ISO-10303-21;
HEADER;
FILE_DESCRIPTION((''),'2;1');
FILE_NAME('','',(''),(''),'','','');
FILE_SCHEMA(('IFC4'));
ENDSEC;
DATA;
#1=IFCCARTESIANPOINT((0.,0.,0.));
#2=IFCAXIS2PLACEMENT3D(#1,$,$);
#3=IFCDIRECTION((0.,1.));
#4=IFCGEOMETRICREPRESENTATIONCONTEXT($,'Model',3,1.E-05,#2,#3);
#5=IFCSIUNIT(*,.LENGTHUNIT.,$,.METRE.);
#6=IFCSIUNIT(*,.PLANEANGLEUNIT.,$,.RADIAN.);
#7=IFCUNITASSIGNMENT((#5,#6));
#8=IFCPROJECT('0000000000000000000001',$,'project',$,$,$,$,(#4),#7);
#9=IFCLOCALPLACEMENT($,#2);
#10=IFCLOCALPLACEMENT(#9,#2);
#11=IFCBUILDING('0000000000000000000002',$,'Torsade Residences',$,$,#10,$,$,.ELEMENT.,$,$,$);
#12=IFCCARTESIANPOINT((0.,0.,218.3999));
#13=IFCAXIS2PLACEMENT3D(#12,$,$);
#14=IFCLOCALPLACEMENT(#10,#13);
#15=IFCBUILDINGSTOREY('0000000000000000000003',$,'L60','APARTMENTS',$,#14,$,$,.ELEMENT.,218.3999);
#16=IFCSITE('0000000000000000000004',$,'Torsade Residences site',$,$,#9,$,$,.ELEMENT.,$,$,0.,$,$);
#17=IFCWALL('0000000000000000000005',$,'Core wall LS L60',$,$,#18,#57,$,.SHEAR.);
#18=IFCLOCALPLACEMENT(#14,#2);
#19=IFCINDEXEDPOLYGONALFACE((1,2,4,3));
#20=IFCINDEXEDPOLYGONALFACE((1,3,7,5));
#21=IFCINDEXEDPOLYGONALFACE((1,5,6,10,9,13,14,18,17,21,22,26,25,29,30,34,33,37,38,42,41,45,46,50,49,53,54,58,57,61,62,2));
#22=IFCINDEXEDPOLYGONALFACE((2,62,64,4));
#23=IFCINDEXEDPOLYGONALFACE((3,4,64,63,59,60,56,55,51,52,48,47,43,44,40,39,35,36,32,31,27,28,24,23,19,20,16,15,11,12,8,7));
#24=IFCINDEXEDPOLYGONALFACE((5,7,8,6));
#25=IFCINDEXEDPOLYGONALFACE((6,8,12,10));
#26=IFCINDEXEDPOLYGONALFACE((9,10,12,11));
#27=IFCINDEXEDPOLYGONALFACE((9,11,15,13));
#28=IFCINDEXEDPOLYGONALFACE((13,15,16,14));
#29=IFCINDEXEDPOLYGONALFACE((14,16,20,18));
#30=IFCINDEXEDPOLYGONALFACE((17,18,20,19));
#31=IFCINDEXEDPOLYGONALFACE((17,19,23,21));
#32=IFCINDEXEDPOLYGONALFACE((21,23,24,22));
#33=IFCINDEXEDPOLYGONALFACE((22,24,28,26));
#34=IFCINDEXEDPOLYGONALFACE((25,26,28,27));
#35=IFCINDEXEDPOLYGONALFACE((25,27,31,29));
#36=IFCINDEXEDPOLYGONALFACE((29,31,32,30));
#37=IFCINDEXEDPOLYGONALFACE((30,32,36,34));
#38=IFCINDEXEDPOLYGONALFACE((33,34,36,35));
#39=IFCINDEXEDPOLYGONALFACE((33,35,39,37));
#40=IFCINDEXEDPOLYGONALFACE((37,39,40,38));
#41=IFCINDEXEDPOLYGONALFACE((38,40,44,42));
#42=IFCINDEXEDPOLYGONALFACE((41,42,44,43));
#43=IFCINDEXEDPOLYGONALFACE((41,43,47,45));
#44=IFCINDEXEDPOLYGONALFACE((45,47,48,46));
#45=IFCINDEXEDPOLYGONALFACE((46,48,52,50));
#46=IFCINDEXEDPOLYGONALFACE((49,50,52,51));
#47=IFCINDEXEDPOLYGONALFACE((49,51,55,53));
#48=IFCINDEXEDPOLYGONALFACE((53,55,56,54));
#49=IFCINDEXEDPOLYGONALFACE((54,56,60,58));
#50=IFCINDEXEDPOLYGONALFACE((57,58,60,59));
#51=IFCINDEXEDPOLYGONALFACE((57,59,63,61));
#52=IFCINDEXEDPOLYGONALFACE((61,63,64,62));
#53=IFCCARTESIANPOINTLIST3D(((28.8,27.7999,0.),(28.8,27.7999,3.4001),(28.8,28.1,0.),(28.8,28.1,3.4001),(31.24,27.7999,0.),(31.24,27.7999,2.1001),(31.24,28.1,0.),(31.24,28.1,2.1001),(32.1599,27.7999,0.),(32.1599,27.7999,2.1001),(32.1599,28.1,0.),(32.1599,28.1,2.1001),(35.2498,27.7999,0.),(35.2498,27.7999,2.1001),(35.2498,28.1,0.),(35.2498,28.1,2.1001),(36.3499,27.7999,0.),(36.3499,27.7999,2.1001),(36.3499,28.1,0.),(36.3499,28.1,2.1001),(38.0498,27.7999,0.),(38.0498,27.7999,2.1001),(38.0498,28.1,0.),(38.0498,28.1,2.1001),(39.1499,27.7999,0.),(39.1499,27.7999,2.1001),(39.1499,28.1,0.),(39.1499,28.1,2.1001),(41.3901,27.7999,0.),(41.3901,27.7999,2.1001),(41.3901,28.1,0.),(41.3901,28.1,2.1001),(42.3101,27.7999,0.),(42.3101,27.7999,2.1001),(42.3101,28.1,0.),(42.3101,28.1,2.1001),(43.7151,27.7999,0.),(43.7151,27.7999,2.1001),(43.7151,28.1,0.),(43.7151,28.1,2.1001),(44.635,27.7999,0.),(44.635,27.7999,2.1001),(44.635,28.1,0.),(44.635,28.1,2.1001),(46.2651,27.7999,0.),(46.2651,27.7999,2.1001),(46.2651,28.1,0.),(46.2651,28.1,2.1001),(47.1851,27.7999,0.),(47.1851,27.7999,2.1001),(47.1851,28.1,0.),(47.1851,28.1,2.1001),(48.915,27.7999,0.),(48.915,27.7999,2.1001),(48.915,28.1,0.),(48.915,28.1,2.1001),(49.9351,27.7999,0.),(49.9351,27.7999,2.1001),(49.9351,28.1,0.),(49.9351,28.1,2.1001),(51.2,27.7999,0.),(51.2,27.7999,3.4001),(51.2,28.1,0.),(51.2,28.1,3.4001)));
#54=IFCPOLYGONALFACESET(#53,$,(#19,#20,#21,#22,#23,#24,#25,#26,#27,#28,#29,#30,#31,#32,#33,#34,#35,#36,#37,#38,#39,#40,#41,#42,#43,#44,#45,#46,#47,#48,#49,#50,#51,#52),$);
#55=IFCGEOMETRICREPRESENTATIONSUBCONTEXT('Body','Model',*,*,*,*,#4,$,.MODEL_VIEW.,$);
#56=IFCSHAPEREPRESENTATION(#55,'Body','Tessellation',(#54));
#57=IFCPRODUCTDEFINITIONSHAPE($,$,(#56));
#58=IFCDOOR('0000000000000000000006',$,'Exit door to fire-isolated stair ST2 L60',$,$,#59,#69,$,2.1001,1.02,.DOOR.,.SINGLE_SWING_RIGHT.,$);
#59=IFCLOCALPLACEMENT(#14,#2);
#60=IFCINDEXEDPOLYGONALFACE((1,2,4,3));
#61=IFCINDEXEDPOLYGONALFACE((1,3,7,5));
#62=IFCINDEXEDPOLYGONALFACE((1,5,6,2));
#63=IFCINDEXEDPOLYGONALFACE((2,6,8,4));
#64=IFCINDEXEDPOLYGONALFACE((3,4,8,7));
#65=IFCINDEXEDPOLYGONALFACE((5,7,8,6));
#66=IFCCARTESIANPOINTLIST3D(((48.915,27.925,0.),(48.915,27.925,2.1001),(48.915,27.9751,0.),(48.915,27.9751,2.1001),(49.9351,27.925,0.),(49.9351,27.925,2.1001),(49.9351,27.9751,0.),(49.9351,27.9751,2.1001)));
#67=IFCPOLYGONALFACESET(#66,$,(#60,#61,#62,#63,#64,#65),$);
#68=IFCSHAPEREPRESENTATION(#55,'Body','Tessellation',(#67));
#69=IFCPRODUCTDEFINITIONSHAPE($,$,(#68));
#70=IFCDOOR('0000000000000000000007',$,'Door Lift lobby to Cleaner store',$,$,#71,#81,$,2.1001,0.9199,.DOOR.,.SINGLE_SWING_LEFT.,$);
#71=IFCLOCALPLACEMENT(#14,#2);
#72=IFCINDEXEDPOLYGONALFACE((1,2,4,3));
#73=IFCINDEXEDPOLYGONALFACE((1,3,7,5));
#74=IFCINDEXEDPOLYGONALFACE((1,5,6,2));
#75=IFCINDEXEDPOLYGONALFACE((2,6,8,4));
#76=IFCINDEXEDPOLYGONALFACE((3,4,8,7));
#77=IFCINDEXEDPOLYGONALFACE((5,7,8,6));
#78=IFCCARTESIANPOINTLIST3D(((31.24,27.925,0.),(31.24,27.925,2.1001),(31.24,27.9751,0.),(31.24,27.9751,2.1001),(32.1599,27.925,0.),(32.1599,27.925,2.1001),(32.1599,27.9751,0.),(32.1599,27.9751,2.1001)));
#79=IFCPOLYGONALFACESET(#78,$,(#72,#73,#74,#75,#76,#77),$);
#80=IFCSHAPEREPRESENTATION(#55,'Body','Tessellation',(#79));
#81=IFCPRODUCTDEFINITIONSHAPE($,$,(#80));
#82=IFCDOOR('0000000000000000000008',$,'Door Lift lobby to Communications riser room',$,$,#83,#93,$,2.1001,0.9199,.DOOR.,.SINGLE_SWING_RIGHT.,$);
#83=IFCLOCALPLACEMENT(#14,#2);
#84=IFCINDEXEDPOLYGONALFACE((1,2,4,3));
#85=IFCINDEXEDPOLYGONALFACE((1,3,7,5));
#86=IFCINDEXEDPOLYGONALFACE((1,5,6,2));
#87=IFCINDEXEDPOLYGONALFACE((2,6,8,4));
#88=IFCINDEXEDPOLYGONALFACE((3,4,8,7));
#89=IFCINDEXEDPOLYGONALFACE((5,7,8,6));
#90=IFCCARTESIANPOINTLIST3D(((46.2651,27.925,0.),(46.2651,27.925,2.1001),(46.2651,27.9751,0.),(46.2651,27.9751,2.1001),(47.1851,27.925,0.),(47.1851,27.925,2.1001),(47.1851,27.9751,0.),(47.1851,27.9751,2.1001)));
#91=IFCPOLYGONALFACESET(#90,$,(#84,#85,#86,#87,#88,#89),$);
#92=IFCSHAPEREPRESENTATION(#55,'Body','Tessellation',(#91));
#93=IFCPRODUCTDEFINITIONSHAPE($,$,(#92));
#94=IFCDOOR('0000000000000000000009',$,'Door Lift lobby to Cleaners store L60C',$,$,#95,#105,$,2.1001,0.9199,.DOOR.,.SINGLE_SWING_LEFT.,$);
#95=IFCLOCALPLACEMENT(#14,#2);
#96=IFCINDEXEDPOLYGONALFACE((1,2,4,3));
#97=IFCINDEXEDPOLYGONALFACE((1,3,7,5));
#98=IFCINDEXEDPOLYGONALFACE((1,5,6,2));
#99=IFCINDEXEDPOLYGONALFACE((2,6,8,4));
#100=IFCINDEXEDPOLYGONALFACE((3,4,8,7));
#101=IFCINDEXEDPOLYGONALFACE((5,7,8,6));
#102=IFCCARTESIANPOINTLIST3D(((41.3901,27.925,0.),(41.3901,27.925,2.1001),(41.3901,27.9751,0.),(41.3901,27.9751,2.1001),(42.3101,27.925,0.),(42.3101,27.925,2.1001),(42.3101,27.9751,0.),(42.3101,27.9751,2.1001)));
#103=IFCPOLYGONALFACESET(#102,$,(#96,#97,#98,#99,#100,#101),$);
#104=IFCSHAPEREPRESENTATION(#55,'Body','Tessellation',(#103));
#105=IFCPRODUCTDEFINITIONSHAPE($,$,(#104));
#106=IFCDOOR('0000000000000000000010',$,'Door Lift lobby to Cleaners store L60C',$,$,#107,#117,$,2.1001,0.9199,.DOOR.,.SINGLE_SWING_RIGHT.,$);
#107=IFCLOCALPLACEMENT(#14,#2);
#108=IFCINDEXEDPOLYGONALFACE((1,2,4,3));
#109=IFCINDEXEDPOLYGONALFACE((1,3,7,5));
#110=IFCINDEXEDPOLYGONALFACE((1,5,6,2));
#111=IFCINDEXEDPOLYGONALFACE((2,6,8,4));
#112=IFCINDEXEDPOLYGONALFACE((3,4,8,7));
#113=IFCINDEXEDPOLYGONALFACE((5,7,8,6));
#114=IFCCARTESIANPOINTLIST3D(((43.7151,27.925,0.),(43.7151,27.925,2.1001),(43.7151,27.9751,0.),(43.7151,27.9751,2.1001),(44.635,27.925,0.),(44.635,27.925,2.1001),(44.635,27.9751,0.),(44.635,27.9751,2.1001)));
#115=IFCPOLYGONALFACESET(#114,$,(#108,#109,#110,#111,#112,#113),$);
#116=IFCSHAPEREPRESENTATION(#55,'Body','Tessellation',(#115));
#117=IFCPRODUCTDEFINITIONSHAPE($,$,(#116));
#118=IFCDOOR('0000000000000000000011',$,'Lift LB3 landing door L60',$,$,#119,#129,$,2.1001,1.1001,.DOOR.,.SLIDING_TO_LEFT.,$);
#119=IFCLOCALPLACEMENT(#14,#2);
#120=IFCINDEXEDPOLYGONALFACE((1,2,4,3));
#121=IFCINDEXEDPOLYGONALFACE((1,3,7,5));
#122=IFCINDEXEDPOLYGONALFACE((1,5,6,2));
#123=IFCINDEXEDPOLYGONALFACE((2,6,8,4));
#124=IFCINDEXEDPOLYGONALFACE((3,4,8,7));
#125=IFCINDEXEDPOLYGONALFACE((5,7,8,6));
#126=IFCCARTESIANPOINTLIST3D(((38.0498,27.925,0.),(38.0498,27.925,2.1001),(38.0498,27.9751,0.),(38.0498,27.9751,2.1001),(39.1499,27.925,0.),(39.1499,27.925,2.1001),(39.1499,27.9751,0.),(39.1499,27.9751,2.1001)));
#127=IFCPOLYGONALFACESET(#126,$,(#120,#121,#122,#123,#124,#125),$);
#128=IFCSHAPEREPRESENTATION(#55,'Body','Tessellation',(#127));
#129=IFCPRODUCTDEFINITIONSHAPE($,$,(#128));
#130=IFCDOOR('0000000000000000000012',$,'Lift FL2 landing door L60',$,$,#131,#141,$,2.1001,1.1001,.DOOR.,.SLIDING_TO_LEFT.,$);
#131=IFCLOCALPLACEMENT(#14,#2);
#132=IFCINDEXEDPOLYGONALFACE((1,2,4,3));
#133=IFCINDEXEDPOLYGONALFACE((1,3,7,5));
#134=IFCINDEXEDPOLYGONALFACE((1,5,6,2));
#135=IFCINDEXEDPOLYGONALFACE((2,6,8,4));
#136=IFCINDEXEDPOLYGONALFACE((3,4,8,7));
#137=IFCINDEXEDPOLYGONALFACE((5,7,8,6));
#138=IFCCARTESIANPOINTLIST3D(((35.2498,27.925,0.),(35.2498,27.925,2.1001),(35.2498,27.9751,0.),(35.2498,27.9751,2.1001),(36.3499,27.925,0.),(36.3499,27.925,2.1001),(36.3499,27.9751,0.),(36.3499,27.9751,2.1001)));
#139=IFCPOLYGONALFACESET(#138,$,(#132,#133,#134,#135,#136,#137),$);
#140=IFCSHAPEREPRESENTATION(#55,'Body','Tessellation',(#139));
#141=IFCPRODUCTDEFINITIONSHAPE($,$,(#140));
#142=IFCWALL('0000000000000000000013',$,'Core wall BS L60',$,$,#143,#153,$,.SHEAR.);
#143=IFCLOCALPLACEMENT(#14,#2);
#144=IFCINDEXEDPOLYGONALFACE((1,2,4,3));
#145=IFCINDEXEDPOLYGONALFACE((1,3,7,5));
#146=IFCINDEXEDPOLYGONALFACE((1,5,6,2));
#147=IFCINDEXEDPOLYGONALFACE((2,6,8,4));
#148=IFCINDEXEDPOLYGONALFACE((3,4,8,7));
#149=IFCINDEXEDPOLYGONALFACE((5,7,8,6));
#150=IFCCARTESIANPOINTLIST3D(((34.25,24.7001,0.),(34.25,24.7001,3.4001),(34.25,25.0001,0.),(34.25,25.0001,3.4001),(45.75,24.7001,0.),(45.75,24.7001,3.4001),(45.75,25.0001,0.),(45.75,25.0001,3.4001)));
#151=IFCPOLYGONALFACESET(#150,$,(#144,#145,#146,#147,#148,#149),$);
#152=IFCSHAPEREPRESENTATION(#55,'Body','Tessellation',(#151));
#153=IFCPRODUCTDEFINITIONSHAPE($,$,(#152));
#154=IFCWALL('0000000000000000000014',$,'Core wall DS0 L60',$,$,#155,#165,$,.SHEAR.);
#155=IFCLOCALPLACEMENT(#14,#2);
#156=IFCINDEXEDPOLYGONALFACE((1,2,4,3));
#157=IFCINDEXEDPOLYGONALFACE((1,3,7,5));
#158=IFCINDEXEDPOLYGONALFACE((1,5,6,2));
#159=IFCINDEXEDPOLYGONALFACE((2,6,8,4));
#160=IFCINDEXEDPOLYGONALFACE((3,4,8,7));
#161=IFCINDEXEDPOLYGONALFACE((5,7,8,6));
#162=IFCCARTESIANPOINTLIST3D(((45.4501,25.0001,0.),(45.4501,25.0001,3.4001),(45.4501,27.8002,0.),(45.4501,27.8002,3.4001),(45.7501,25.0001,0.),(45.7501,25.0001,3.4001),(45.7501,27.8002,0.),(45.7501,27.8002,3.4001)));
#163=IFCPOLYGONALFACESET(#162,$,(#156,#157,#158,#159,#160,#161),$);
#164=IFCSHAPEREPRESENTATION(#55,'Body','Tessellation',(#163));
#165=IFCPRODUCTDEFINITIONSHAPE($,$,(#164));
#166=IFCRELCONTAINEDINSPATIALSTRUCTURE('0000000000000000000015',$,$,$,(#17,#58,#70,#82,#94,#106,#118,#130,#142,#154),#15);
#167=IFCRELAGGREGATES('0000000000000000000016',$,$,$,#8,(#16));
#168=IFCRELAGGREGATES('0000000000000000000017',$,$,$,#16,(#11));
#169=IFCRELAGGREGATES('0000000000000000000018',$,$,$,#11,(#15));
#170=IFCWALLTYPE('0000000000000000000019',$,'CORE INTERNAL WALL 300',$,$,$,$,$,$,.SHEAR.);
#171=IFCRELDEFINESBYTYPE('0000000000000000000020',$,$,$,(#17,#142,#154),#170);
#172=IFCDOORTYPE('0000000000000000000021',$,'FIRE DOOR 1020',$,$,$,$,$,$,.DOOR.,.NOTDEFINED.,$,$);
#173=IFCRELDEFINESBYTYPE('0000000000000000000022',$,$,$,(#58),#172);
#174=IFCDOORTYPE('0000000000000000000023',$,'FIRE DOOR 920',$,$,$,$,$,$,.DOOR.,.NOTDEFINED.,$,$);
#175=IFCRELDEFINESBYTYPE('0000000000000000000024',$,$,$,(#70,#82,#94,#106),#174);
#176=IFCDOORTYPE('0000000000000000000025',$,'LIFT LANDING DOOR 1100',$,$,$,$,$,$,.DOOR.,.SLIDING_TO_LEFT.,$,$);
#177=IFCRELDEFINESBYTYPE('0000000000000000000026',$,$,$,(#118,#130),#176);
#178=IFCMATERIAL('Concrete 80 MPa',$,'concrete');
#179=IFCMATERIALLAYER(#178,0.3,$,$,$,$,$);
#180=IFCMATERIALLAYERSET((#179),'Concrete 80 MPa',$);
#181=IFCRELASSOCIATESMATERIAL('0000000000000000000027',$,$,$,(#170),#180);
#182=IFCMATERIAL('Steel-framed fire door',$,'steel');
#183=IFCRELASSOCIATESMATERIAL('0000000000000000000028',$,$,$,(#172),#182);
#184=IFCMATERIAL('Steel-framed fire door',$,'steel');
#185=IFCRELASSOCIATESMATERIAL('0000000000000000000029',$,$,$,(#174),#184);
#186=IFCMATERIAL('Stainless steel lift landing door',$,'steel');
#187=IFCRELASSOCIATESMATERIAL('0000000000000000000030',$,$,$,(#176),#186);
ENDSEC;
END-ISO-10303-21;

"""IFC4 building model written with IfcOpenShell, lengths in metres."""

from ifc_helpers import new_model, si_unit, direction, frame, frame_2d, origin, place, context, subcontext, project, spatial, rectangle, extrude, material, layer, layer_set, type_object, element, fill, save


model = new_model("IFC4")

# Units and contexts
model_context = context("Model", 3, precision=1e-05, world=origin(), true_north=direction((0.0, 1.0)))
body_context = subcontext(model_context, "Body", "Model", "MODEL_VIEW")
ifc_project = project(units=[si_unit("LENGTHUNIT", "METRE"), si_unit("PLANEANGLEUNIT", "RADIAN")], contexts=[model_context])

# Site, building, storey
site_placement = place(None, origin())
site = spatial("IfcSite", under=ifc_project, at=site_placement, Name="Torsade Residences site", CompositionType="ELEMENT", RefElevation=0.0)
building_placement = place(site_placement, origin())
building = spatial("IfcBuilding", under=site, at=building_placement, Name="Torsade Residences", CompositionType="ELEMENT")
storey_placement = place(building_placement, frame((0.0, 0.0, 218.3999)))
storey = spatial("IfcBuildingStorey", under=building, at=storey_placement, Name="L60", Description="APARTMENTS", CompositionType="ELEMENT", Elevation=218.3999)

# Wall, openings, doors
ifc_material_1 = material(Name="Concrete 80 MPa", Category="concrete")
ifc_layer_1 = layer(ifc_material_1, 0.3)
ifc_layer_set_1 = layer_set([ifc_layer_1], Name="Concrete 80 MPa")
wall_type_1 = type_object("IfcWallType", Name="CORE INTERNAL WALL 300", PredefinedType="SHEAR", material=ifc_layer_set_1)
wall_1_placement = place(storey_placement, frame((51.2, 27.95, 0.0), z_axis=(0.0, 0.0, 1.0), x_axis=(-1.0, 0.0, 0.0)))
wall_1 = element("IfcWall", 1, at=wall_1_placement, inside=storey, type_object=wall_type_1, Name="Core wall LS L60", PredefinedType="SHEAR", context=body_context, shape_type="SweptSolid", body=[
    extrude(rectangle(XDim=22.3999, YDim=0.3, at=frame_2d((11.2, 0.0))), origin(), (0.0, 0.0, 1.0), 3.4001),
])
opening_1_placement = place(wall_1_placement, frame((19.04, 0.0, 0.0)))
opening_1 = element("IfcOpeningElement", 2, at=opening_1_placement, cuts=wall_1, PredefinedType="OPENING", context=body_context, shape_type="SweptSolid", body=[
    extrude(rectangle(XDim=0.9199, YDim=2.1001, at=frame_2d((0.46, 1.05))), frame((0.0, 0.1599, 0.0), z_axis=(0.0, -1.0, 0.0), x_axis=(1.0, 0.0, 0.0)), (0.0, 0.0, 1.0), 0.3201),
])
opening_2_placement = place(wall_1_placement, frame((1.2649, 0.0, 0.0)))
opening_2 = element("IfcOpeningElement", 3, at=opening_2_placement, cuts=wall_1, PredefinedType="OPENING", context=body_context, shape_type="SweptSolid", body=[
    extrude(rectangle(XDim=1.02, YDim=2.1001, at=frame_2d((0.51, 1.05))), frame((0.0, 0.1599, 0.0), z_axis=(0.0, -1.0, 0.0), x_axis=(1.0, 0.0, 0.0)), (0.0, 0.0, 1.0), 0.3201),
])
opening_3_placement = place(wall_1_placement, frame((4.0149, 0.0, 0.0)))
opening_3 = element("IfcOpeningElement", 4, at=opening_3_placement, cuts=wall_1, PredefinedType="OPENING", context=body_context, shape_type="SweptSolid", body=[
    extrude(rectangle(XDim=0.9199, YDim=2.1001, at=frame_2d((0.46, 1.05))), frame((0.0, 0.1599, 0.0), z_axis=(0.0, -1.0, 0.0), x_axis=(1.0, 0.0, 0.0)), (0.0, 0.0, 1.0), 0.3201),
])
opening_4_placement = place(wall_1_placement, frame((8.8899, 0.0, 0.0)))
opening_4 = element("IfcOpeningElement", 5, at=opening_4_placement, cuts=wall_1, PredefinedType="OPENING", context=body_context, shape_type="SweptSolid", body=[
    extrude(rectangle(XDim=0.9199, YDim=2.1001, at=frame_2d((0.46, 1.05))), frame((0.0, 0.1599, 0.0), z_axis=(0.0, -1.0, 0.0), x_axis=(1.0, 0.0, 0.0)), (0.0, 0.0, 1.0), 0.3201),
])
opening_5_placement = place(wall_1_placement, frame((6.5649, 0.0, 0.0)))
opening_5 = element("IfcOpeningElement", 6, at=opening_5_placement, cuts=wall_1, PredefinedType="OPENING", context=body_context, shape_type="SweptSolid", body=[
    extrude(rectangle(XDim=0.9199, YDim=2.1001, at=frame_2d((0.46, 1.05))), frame((0.0, 0.1599, 0.0), z_axis=(0.0, -1.0, 0.0), x_axis=(1.0, 0.0, 0.0)), (0.0, 0.0, 1.0), 0.3201),
])
opening_6_placement = place(wall_1_placement, frame((12.05, 0.0, 0.0)))
opening_6 = element("IfcOpeningElement", 7, at=opening_6_placement, cuts=wall_1, PredefinedType="OPENING", context=body_context, shape_type="SweptSolid", body=[
    extrude(rectangle(XDim=1.1001, YDim=2.1001, at=frame_2d((0.55, 1.05))), frame((0.0, 0.1599, 0.0), z_axis=(0.0, -1.0, 0.0), x_axis=(1.0, 0.0, 0.0)), (0.0, 0.0, 1.0), 0.3201),
])
opening_7_placement = place(wall_1_placement, frame((14.8501, 0.0, 0.0)))
opening_7 = element("IfcOpeningElement", 8, at=opening_7_placement, cuts=wall_1, PredefinedType="OPENING", context=body_context, shape_type="SweptSolid", body=[
    extrude(rectangle(XDim=1.1001, YDim=2.1001, at=frame_2d((0.55, 1.05))), frame((0.0, 0.1599, 0.0), z_axis=(0.0, -1.0, 0.0), x_axis=(1.0, 0.0, 0.0)), (0.0, 0.0, 1.0), 0.3201),
])
ifc_material_2 = material(Name="Steel-framed fire door", Category="steel")
door_type_1 = type_object("IfcDoorType", Name="FIRE DOOR 1020", OperationType="NOTDEFINED", PredefinedType="DOOR", material=ifc_material_2)
door_1_placement = place(opening_2_placement, origin())
door_1 = element("IfcDoor", 9, at=door_1_placement, inside=storey, type_object=door_type_1, Name="Exit door to fire-isolated stair ST2 L60", OperationType="SINGLE_SWING_RIGHT", OverallHeight=2.1001, OverallWidth=1.02, PredefinedType="DOOR", context=body_context, shape_type="SweptSolid", body=[
    extrude(rectangle(XDim=1.02, YDim=2.1001, at=frame_2d((0.51, 1.05))), frame((0.0, 0.0249, 0.0), z_axis=(0.0, -1.0, 0.0), x_axis=(1.0, 0.0, 0.0)), (0.0, 0.0, 1.0), 0.05),
])
fill(opening_2, door_1)
ifc_material_3 = material(Name="Steel-framed fire door", Category="steel")
door_type_2 = type_object("IfcDoorType", Name="FIRE DOOR 920", OperationType="NOTDEFINED", PredefinedType="DOOR", material=ifc_material_3)
door_2_placement = place(opening_1_placement, origin())
door_2 = element("IfcDoor", 10, at=door_2_placement, inside=storey, type_object=door_type_2, Name="Door Lift lobby to Cleaner store", OperationType="SINGLE_SWING_LEFT", OverallHeight=2.1001, OverallWidth=0.9199, PredefinedType="DOOR", context=body_context, shape_type="SweptSolid", body=[
    extrude(rectangle(XDim=0.9199, YDim=2.1001, at=frame_2d((0.46, 1.05))), frame((0.0, 0.0249, 0.0), z_axis=(0.0, -1.0, 0.0), x_axis=(1.0, 0.0, 0.0)), (0.0, 0.0, 1.0), 0.05),
])
fill(opening_1, door_2)
door_3_placement = place(opening_3_placement, origin())
door_3 = element("IfcDoor", 11, at=door_3_placement, inside=storey, type_object=door_type_2, Name="Door Lift lobby to Communications riser room", OperationType="SINGLE_SWING_RIGHT", OverallHeight=2.1001, OverallWidth=0.9199, PredefinedType="DOOR", context=body_context, shape_type="SweptSolid", body=[
    extrude(rectangle(XDim=0.9199, YDim=2.1001, at=frame_2d((0.46, 1.05))), frame((0.0, 0.0249, 0.0), z_axis=(0.0, -1.0, 0.0), x_axis=(1.0, 0.0, 0.0)), (0.0, 0.0, 1.0), 0.05),
])
fill(opening_3, door_3)
door_4_placement = place(opening_4_placement, origin())
door_4 = element("IfcDoor", 12, at=door_4_placement, inside=storey, type_object=door_type_2, Name="Door Lift lobby to Cleaners store L60C", OperationType="SINGLE_SWING_LEFT", OverallHeight=2.1001, OverallWidth=0.9199, PredefinedType="DOOR", context=body_context, shape_type="SweptSolid", body=[
    extrude(rectangle(XDim=0.9199, YDim=2.1001, at=frame_2d((0.46, 1.05))), frame((0.0, 0.0249, 0.0), z_axis=(0.0, -1.0, 0.0), x_axis=(1.0, 0.0, 0.0)), (0.0, 0.0, 1.0), 0.05),
])
fill(opening_4, door_4)
door_5_placement = place(opening_5_placement, origin())
door_5 = element("IfcDoor", 13, at=door_5_placement, inside=storey, type_object=door_type_2, Name="Door Lift lobby to Cleaners store L60C", OperationType="SINGLE_SWING_RIGHT", OverallHeight=2.1001, OverallWidth=0.9199, PredefinedType="DOOR", context=body_context, shape_type="SweptSolid", body=[
    extrude(rectangle(XDim=0.9199, YDim=2.1001, at=frame_2d((0.46, 1.05))), frame((0.0, 0.0249, 0.0), z_axis=(0.0, -1.0, 0.0), x_axis=(1.0, 0.0, 0.0)), (0.0, 0.0, 1.0), 0.05),
])
fill(opening_5, door_5)
ifc_material_4 = material(Name="Stainless steel lift landing door", Category="steel")
door_type_3 = type_object("IfcDoorType", Name="LIFT LANDING DOOR 1100", OperationType="SLIDING_TO_LEFT", PredefinedType="DOOR", material=ifc_material_4)
door_6_placement = place(opening_6_placement, origin())
door_6 = element("IfcDoor", 14, at=door_6_placement, inside=storey, type_object=door_type_3, Name="Lift LB3 landing door L60", OperationType="SLIDING_TO_LEFT", OverallHeight=2.1001, OverallWidth=1.1001, PredefinedType="DOOR", context=body_context, shape_type="SweptSolid", body=[
    extrude(rectangle(XDim=1.1001, YDim=2.1001, at=frame_2d((0.55, 1.05))), frame((0.0, 0.0249, 0.0), z_axis=(0.0, -1.0, 0.0), x_axis=(1.0, 0.0, 0.0)), (0.0, 0.0, 1.0), 0.05),
])
fill(opening_6, door_6)
door_7_placement = place(opening_7_placement, origin())
door_7 = element("IfcDoor", 15, at=door_7_placement, inside=storey, type_object=door_type_3, Name="Lift FL2 landing door L60", OperationType="SLIDING_TO_LEFT", OverallHeight=2.1001, OverallWidth=1.1001, PredefinedType="DOOR", context=body_context, shape_type="SweptSolid", body=[
    extrude(rectangle(XDim=1.1001, YDim=2.1001, at=frame_2d((0.55, 1.05))), frame((0.0, 0.0249, 0.0), z_axis=(0.0, -1.0, 0.0), x_axis=(1.0, 0.0, 0.0)), (0.0, 0.0, 1.0), 0.05),
])
fill(opening_7, door_7)

# Walls
wall_2_placement = place(storey_placement, frame((45.75, 24.8501, 0.0), z_axis=(0.0, 0.0, 1.0), x_axis=(-1.0, 0.0, 0.0)))
element("IfcWall", 16, at=wall_2_placement, inside=storey, type_object=wall_type_1, Name="Core wall BS L60", PredefinedType="SHEAR", context=body_context, shape_type="SweptSolid", body=[
    extrude(rectangle(XDim=11.5, YDim=0.3, at=frame_2d((5.75, 0.0))), origin(), (0.0, 0.0, 1.0), 3.4001),
])
wall_3_placement = place(storey_placement, frame((45.6001, 27.8, 0.0), z_axis=(0.0, 0.0, 1.0), x_axis=(0.0, -1.0, 0.0)))
element("IfcWall", 17, at=wall_3_placement, inside=storey, type_object=wall_type_1, Name="Core wall DS0 L60", PredefinedType="SHEAR", context=body_context, shape_type="SweptSolid", body=[
    extrude(rectangle(XDim=2.8, YDim=0.3, at=frame_2d((1.3999, 0.0))), origin(), (0.0, 0.0, 1.0), 3.4001),
])

save(model, "model.ifc")
